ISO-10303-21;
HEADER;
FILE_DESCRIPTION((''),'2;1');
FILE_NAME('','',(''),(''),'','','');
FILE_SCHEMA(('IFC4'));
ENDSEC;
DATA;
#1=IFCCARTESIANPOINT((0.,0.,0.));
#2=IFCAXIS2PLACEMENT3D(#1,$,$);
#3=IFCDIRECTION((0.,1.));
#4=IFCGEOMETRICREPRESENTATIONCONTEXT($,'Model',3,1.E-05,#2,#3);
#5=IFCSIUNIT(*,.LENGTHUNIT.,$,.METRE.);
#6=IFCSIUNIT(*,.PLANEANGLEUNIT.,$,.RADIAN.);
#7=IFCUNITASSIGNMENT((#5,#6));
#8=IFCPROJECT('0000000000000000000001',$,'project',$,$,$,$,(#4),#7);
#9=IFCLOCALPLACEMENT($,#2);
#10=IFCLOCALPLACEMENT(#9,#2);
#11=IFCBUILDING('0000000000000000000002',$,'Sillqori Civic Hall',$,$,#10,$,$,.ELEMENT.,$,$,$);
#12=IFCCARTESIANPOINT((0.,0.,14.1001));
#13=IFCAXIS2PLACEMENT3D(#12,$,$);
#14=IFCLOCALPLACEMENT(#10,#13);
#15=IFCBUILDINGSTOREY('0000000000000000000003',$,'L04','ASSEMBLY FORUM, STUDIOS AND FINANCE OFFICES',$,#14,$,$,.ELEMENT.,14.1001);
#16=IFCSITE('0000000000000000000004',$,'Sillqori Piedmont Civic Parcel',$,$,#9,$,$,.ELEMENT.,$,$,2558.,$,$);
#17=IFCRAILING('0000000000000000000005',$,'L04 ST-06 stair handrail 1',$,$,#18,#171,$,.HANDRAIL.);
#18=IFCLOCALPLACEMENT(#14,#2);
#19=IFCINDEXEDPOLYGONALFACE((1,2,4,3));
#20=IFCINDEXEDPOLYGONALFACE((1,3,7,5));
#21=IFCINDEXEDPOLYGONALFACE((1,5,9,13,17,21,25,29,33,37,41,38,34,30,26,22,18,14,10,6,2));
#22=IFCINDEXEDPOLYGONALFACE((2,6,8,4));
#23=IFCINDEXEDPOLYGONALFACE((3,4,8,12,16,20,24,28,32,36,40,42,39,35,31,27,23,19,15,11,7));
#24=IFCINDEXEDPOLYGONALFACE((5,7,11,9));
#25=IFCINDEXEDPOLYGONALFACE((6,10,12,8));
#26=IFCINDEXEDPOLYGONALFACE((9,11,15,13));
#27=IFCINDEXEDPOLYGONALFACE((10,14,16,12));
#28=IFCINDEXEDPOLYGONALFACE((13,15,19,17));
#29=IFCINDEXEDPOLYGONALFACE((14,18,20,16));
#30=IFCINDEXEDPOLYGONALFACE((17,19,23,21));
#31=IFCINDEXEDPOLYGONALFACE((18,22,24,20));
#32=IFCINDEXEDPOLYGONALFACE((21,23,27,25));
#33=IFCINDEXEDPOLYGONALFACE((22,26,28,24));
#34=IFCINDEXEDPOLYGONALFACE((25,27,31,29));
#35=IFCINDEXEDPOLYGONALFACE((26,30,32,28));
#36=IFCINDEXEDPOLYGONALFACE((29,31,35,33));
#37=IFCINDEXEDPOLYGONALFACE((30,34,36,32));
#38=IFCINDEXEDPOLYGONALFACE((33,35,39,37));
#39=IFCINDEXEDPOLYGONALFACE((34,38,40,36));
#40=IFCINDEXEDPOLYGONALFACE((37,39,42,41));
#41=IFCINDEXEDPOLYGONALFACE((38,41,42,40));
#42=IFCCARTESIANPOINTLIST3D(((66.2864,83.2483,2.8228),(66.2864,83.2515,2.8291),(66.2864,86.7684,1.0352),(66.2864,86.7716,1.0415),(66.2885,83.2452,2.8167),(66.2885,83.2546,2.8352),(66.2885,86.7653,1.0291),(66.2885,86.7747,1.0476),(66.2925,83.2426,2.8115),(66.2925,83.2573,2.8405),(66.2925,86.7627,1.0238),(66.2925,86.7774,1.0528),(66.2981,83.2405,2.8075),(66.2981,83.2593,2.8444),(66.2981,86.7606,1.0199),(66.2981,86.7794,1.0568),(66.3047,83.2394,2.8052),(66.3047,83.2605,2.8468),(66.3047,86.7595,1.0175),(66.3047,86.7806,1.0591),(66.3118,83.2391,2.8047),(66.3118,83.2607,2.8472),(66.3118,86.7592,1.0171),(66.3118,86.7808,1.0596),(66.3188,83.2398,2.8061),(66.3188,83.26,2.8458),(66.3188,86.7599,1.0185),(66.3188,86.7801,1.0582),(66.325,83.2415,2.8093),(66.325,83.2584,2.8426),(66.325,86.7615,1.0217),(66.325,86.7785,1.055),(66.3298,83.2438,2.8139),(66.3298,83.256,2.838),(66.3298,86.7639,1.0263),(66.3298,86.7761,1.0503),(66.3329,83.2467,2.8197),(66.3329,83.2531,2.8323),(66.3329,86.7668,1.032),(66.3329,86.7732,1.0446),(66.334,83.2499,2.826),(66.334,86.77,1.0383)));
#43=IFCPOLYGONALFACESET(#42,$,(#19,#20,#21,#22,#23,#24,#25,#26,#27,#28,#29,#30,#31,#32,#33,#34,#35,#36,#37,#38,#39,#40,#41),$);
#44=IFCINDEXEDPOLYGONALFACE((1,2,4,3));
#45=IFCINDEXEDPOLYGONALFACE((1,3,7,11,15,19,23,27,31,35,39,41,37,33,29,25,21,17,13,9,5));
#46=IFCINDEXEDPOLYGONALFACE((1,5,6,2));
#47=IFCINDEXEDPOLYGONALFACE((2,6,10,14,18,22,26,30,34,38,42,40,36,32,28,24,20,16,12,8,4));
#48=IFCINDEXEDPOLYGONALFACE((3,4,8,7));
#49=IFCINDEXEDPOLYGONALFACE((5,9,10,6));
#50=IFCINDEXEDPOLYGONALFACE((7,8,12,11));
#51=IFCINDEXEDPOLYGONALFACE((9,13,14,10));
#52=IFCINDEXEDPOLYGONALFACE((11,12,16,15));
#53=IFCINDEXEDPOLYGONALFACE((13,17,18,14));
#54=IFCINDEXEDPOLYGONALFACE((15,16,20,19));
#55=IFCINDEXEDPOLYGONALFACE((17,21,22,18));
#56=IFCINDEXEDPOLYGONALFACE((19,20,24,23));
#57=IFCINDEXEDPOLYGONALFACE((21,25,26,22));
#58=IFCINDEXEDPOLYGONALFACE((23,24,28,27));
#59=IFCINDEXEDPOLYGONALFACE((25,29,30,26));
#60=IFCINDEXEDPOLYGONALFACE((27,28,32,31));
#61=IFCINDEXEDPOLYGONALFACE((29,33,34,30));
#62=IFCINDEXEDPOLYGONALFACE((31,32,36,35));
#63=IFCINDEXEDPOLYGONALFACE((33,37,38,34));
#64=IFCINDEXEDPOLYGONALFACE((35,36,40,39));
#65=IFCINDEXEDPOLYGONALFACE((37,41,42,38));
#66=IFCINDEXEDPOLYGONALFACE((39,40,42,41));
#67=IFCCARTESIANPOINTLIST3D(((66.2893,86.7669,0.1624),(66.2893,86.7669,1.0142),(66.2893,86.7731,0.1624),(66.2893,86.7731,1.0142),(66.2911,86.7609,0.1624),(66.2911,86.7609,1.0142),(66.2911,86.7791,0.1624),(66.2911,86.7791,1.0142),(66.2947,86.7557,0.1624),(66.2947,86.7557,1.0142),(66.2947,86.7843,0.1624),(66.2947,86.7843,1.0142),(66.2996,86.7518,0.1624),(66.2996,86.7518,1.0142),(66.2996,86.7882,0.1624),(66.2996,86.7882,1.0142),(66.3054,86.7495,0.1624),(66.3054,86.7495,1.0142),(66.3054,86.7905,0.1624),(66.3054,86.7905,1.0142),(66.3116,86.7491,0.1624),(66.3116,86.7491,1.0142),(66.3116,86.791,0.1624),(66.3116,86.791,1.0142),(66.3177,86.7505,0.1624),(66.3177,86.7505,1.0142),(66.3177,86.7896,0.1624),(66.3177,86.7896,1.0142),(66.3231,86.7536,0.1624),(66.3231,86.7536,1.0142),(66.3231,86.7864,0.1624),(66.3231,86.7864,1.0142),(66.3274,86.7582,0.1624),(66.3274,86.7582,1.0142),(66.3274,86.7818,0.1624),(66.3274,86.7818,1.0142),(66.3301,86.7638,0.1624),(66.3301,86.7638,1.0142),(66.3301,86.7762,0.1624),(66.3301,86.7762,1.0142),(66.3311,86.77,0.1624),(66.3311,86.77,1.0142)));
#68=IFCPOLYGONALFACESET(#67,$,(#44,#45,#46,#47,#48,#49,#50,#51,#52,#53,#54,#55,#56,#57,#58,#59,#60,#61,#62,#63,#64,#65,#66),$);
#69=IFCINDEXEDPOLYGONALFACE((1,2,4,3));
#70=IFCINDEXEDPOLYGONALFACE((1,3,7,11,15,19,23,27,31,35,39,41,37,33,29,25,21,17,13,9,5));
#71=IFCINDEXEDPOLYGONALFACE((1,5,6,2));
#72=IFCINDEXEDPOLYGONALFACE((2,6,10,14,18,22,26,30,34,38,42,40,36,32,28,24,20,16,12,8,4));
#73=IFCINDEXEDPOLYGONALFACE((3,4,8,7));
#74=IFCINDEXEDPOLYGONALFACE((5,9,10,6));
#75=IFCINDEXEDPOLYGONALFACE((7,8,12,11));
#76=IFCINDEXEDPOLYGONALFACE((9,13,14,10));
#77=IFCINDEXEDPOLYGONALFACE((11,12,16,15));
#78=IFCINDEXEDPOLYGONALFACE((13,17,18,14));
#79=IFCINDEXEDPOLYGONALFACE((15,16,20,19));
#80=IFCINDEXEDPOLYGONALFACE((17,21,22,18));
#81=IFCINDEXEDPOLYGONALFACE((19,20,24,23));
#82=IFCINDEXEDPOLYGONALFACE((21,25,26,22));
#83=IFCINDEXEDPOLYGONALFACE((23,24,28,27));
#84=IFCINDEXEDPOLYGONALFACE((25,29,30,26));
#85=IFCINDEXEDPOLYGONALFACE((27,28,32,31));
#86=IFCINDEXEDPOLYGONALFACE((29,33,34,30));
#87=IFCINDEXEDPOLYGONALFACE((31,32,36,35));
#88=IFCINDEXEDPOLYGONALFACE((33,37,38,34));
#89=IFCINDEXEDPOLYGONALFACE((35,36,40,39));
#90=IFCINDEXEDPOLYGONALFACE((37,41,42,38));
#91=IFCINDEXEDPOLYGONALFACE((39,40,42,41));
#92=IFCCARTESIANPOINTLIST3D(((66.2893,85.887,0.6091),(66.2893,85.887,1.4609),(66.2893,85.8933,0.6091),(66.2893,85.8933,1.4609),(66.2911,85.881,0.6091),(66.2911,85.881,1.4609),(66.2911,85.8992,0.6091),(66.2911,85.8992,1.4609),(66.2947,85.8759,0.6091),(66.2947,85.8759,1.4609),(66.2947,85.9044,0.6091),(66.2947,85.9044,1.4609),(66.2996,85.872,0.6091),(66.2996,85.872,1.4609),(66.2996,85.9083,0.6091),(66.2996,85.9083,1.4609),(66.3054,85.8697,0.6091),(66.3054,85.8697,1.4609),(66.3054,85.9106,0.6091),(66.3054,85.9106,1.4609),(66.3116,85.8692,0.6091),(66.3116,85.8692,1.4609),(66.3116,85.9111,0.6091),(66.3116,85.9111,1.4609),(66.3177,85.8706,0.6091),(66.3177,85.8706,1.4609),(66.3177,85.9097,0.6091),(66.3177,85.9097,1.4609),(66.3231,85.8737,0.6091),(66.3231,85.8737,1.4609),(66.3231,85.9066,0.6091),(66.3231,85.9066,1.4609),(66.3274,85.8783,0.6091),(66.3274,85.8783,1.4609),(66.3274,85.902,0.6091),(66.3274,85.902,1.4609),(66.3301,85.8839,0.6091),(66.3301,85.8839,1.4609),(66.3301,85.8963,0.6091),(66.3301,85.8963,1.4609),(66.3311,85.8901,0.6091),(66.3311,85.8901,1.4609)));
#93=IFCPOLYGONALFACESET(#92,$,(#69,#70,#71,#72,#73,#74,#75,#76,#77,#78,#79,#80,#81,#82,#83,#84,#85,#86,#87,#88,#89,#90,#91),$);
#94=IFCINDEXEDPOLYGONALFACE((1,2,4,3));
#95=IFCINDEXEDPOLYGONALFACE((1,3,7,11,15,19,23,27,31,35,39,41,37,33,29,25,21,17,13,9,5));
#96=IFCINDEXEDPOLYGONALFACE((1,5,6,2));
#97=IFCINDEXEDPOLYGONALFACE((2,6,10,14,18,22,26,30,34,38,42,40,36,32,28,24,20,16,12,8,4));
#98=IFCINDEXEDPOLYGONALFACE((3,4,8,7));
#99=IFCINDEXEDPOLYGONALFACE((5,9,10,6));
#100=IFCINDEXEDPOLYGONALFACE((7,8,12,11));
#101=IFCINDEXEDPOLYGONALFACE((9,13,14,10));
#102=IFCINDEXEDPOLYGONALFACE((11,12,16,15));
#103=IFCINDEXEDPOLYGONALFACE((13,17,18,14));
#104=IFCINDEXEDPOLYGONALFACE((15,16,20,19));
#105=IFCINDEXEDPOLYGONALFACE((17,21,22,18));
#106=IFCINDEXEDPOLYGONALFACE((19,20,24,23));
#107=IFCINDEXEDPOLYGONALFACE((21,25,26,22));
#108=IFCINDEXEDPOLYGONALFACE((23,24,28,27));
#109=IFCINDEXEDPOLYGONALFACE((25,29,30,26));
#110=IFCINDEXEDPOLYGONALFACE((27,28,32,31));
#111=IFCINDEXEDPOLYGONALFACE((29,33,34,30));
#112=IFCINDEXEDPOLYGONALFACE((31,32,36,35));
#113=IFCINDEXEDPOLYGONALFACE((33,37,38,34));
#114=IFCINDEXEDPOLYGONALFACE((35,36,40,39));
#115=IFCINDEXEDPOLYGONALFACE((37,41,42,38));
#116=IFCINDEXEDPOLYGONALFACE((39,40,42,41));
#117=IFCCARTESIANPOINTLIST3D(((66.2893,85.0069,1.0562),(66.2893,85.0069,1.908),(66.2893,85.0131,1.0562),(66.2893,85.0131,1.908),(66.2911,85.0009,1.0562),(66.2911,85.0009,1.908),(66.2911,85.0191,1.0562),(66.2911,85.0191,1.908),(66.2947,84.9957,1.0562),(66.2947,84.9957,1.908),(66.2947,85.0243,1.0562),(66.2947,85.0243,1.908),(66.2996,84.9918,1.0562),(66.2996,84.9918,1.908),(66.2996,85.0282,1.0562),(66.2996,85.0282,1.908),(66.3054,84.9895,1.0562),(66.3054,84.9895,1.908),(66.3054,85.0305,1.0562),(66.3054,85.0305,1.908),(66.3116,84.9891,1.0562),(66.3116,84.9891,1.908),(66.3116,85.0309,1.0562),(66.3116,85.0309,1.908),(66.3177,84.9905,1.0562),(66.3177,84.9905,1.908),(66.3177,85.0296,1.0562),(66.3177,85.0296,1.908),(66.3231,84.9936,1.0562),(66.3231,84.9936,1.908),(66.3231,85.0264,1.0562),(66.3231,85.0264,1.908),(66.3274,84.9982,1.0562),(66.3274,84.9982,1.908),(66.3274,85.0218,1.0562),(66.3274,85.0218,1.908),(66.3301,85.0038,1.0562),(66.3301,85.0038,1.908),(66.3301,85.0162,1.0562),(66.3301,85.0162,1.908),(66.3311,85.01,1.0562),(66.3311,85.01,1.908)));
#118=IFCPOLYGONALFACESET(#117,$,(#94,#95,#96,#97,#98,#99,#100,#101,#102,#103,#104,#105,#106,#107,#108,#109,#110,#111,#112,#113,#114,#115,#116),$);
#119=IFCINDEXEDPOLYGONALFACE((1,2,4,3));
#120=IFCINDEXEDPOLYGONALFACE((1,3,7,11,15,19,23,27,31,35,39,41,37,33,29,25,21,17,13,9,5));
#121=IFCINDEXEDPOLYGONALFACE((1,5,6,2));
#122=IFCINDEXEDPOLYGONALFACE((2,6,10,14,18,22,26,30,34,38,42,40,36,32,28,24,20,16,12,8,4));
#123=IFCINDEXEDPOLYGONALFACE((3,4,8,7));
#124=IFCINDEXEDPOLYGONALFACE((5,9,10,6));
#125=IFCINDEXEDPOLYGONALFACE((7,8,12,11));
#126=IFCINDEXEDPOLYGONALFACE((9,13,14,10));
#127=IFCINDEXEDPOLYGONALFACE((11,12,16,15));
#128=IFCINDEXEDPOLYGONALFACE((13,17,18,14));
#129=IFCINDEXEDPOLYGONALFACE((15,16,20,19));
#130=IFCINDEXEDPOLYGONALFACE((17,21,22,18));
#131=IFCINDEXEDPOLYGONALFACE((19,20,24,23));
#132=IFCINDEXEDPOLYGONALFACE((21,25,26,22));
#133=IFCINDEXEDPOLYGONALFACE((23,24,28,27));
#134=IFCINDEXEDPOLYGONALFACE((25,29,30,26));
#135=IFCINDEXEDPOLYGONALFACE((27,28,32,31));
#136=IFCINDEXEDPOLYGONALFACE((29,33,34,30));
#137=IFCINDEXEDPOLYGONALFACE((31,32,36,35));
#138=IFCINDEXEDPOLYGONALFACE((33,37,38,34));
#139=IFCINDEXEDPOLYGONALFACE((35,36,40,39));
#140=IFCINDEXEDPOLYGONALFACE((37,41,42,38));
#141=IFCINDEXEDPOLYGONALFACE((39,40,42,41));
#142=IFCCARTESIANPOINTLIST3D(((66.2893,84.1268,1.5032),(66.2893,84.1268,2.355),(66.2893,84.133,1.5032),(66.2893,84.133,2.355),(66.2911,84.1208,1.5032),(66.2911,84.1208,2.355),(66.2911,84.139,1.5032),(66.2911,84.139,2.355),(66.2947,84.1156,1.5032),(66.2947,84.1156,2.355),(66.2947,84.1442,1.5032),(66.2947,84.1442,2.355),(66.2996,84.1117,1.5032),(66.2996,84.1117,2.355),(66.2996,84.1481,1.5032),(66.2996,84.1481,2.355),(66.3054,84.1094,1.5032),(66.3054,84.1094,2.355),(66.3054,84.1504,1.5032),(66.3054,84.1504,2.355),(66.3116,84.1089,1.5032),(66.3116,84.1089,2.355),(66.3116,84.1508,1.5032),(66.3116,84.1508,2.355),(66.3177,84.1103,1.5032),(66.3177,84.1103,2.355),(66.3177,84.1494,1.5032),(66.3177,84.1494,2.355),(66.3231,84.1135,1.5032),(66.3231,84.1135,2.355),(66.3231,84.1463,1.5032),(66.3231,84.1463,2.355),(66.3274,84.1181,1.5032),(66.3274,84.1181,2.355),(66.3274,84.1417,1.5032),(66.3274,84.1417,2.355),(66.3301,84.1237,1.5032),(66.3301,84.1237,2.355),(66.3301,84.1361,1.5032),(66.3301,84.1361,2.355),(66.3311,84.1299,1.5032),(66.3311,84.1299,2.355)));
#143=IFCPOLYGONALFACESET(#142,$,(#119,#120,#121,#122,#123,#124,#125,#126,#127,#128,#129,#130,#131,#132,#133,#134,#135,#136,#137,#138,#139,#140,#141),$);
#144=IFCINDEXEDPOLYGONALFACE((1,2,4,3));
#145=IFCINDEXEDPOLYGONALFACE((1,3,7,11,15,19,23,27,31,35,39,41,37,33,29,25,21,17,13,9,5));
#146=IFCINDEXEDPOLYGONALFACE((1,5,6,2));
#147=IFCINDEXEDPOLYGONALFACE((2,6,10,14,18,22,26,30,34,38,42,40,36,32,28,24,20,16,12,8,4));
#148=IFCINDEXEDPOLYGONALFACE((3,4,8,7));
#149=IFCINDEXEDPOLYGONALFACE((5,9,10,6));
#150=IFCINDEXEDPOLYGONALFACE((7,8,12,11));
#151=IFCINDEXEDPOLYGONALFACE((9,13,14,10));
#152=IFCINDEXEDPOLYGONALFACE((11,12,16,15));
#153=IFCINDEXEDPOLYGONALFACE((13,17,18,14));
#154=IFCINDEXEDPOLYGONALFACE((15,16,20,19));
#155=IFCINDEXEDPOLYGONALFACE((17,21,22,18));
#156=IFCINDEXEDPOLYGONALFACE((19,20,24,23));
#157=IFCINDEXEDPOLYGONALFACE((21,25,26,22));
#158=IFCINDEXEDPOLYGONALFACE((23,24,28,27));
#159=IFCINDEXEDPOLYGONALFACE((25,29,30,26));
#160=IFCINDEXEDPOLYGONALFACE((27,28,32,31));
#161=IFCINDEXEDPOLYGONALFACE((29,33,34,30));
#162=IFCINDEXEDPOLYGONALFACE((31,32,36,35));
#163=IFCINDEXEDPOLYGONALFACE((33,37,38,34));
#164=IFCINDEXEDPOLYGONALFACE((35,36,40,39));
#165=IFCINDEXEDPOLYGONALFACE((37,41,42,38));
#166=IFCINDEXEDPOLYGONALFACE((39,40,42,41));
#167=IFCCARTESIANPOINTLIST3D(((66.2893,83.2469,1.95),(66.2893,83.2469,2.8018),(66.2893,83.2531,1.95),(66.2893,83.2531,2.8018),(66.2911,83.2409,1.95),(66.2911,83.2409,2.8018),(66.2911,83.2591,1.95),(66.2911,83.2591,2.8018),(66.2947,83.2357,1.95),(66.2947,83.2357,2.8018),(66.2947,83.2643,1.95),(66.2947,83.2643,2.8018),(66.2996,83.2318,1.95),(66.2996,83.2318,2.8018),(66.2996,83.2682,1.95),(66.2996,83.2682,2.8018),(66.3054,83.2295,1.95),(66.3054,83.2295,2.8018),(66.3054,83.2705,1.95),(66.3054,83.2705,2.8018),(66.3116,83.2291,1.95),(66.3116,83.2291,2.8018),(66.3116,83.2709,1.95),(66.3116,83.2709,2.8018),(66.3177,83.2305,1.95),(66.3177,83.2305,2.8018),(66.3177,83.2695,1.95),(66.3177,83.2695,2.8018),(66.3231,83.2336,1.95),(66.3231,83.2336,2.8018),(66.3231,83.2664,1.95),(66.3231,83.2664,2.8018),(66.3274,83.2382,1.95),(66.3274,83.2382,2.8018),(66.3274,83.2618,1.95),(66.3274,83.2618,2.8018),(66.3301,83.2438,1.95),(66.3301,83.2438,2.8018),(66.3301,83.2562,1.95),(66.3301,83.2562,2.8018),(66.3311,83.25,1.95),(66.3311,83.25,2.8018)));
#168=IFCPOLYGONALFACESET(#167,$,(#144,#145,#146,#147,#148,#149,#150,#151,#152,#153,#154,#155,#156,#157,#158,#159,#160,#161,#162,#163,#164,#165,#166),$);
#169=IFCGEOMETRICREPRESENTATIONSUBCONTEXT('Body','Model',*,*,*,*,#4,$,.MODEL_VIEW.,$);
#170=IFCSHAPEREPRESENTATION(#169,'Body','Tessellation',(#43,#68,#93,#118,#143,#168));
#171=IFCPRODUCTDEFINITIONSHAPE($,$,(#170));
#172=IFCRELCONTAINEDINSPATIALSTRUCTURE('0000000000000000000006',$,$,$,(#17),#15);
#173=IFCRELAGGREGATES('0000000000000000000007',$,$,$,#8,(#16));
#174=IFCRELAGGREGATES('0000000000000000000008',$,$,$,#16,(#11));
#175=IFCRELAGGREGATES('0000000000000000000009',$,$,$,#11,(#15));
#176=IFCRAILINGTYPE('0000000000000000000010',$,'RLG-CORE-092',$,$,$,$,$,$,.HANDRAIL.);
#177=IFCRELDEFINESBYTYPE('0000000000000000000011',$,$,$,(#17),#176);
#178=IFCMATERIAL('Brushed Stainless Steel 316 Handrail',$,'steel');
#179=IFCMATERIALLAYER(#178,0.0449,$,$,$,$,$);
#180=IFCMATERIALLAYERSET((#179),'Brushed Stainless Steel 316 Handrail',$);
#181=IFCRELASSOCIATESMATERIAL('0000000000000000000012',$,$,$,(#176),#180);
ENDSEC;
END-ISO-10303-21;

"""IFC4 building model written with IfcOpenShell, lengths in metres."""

from ifc_helpers import new_model, si_unit, direction, frame, origin, origin_2d, place, context, subcontext, project, spatial, circle, extrude, material, layer, layer_set, type_object, element, save


model = new_model("IFC4")

# Units and contexts
model_context = context("Model", 3, precision=1e-05, world=origin(), true_north=direction((0.0, 1.0)))
body_context = subcontext(model_context, "Body", "Model", "MODEL_VIEW")
ifc_project = project(units=[si_unit("LENGTHUNIT", "METRE"), si_unit("PLANEANGLEUNIT", "RADIAN")], contexts=[model_context])

# Site, building, storey
site_placement = place(None, origin())
site = spatial("IfcSite", under=ifc_project, at=site_placement, Name="Sillqori Piedmont Civic Parcel", CompositionType="ELEMENT", RefElevation=2558.0)
building_placement = place(site_placement, origin())
building = spatial("IfcBuilding", under=site, at=building_placement, Name="Sillqori Civic Hall", CompositionType="ELEMENT")
storey_placement = place(building_placement, frame((0.0, 0.0, 14.1001)))
storey = spatial("IfcBuildingStorey", under=building, at=storey_placement, Name="L04", Description="ASSEMBLY FORUM, STUDIOS AND FINANCE OFFICES", CompositionType="ELEMENT", Elevation=14.1001)

# Railing
ifc_material_1 = material(Name="Brushed Stainless Steel 316 Handrail", Category="steel")
ifc_layer_1 = layer(ifc_material_1, 0.0449)
ifc_layer_set_1 = layer_set([ifc_layer_1], Name="Brushed Stainless Steel 316 Handrail")
railing_type_1 = type_object("IfcRailingType", Name="RLG-CORE-092", PredefinedType="HANDRAIL", material=ifc_layer_set_1)
railing_1_placement = place(storey_placement, frame((66.3101, 86.77, 0.1624)))
element("IfcRailing", 1, at=railing_1_placement, inside=storey, type_object=railing_type_1, Name="L04 ST-06 stair handrail 1", PredefinedType="HANDRAIL", context=body_context, shape_type="SweptSolid", body=[
    extrude(circle(Radius=0.0239, at=origin_2d()), frame((0.0, 0.0, 0.876), z_axis=(0.0, -0.891615, 0.452795), x_axis=(1.0, 0.0, 0.0)), (0.0, 0.0, 1.0), 3.948),
    extrude(circle(Radius=0.021, at=origin_2d()), origin(), (0.0, 0.0, 1.0), 0.8518),
    extrude(circle(Radius=0.021, at=origin_2d()), frame((0.0, -0.8799, 0.4468)), (0.0, 0.0, 1.0), 0.8518),
    extrude(circle(Radius=0.021, at=origin_2d()), frame((0.0, -1.76, 0.8938)), (0.0, 0.0, 1.0), 0.8518),
    extrude(circle(Radius=0.021, at=origin_2d()), frame((0.0, -2.6401, 1.3408)), (0.0, 0.0, 1.0), 0.8518),
    extrude(circle(Radius=0.021, at=origin_2d()), frame((0.0, -3.52, 1.7876)), (0.0, 0.0, 1.0), 0.8518),
])

save(model, "model.ifc")
